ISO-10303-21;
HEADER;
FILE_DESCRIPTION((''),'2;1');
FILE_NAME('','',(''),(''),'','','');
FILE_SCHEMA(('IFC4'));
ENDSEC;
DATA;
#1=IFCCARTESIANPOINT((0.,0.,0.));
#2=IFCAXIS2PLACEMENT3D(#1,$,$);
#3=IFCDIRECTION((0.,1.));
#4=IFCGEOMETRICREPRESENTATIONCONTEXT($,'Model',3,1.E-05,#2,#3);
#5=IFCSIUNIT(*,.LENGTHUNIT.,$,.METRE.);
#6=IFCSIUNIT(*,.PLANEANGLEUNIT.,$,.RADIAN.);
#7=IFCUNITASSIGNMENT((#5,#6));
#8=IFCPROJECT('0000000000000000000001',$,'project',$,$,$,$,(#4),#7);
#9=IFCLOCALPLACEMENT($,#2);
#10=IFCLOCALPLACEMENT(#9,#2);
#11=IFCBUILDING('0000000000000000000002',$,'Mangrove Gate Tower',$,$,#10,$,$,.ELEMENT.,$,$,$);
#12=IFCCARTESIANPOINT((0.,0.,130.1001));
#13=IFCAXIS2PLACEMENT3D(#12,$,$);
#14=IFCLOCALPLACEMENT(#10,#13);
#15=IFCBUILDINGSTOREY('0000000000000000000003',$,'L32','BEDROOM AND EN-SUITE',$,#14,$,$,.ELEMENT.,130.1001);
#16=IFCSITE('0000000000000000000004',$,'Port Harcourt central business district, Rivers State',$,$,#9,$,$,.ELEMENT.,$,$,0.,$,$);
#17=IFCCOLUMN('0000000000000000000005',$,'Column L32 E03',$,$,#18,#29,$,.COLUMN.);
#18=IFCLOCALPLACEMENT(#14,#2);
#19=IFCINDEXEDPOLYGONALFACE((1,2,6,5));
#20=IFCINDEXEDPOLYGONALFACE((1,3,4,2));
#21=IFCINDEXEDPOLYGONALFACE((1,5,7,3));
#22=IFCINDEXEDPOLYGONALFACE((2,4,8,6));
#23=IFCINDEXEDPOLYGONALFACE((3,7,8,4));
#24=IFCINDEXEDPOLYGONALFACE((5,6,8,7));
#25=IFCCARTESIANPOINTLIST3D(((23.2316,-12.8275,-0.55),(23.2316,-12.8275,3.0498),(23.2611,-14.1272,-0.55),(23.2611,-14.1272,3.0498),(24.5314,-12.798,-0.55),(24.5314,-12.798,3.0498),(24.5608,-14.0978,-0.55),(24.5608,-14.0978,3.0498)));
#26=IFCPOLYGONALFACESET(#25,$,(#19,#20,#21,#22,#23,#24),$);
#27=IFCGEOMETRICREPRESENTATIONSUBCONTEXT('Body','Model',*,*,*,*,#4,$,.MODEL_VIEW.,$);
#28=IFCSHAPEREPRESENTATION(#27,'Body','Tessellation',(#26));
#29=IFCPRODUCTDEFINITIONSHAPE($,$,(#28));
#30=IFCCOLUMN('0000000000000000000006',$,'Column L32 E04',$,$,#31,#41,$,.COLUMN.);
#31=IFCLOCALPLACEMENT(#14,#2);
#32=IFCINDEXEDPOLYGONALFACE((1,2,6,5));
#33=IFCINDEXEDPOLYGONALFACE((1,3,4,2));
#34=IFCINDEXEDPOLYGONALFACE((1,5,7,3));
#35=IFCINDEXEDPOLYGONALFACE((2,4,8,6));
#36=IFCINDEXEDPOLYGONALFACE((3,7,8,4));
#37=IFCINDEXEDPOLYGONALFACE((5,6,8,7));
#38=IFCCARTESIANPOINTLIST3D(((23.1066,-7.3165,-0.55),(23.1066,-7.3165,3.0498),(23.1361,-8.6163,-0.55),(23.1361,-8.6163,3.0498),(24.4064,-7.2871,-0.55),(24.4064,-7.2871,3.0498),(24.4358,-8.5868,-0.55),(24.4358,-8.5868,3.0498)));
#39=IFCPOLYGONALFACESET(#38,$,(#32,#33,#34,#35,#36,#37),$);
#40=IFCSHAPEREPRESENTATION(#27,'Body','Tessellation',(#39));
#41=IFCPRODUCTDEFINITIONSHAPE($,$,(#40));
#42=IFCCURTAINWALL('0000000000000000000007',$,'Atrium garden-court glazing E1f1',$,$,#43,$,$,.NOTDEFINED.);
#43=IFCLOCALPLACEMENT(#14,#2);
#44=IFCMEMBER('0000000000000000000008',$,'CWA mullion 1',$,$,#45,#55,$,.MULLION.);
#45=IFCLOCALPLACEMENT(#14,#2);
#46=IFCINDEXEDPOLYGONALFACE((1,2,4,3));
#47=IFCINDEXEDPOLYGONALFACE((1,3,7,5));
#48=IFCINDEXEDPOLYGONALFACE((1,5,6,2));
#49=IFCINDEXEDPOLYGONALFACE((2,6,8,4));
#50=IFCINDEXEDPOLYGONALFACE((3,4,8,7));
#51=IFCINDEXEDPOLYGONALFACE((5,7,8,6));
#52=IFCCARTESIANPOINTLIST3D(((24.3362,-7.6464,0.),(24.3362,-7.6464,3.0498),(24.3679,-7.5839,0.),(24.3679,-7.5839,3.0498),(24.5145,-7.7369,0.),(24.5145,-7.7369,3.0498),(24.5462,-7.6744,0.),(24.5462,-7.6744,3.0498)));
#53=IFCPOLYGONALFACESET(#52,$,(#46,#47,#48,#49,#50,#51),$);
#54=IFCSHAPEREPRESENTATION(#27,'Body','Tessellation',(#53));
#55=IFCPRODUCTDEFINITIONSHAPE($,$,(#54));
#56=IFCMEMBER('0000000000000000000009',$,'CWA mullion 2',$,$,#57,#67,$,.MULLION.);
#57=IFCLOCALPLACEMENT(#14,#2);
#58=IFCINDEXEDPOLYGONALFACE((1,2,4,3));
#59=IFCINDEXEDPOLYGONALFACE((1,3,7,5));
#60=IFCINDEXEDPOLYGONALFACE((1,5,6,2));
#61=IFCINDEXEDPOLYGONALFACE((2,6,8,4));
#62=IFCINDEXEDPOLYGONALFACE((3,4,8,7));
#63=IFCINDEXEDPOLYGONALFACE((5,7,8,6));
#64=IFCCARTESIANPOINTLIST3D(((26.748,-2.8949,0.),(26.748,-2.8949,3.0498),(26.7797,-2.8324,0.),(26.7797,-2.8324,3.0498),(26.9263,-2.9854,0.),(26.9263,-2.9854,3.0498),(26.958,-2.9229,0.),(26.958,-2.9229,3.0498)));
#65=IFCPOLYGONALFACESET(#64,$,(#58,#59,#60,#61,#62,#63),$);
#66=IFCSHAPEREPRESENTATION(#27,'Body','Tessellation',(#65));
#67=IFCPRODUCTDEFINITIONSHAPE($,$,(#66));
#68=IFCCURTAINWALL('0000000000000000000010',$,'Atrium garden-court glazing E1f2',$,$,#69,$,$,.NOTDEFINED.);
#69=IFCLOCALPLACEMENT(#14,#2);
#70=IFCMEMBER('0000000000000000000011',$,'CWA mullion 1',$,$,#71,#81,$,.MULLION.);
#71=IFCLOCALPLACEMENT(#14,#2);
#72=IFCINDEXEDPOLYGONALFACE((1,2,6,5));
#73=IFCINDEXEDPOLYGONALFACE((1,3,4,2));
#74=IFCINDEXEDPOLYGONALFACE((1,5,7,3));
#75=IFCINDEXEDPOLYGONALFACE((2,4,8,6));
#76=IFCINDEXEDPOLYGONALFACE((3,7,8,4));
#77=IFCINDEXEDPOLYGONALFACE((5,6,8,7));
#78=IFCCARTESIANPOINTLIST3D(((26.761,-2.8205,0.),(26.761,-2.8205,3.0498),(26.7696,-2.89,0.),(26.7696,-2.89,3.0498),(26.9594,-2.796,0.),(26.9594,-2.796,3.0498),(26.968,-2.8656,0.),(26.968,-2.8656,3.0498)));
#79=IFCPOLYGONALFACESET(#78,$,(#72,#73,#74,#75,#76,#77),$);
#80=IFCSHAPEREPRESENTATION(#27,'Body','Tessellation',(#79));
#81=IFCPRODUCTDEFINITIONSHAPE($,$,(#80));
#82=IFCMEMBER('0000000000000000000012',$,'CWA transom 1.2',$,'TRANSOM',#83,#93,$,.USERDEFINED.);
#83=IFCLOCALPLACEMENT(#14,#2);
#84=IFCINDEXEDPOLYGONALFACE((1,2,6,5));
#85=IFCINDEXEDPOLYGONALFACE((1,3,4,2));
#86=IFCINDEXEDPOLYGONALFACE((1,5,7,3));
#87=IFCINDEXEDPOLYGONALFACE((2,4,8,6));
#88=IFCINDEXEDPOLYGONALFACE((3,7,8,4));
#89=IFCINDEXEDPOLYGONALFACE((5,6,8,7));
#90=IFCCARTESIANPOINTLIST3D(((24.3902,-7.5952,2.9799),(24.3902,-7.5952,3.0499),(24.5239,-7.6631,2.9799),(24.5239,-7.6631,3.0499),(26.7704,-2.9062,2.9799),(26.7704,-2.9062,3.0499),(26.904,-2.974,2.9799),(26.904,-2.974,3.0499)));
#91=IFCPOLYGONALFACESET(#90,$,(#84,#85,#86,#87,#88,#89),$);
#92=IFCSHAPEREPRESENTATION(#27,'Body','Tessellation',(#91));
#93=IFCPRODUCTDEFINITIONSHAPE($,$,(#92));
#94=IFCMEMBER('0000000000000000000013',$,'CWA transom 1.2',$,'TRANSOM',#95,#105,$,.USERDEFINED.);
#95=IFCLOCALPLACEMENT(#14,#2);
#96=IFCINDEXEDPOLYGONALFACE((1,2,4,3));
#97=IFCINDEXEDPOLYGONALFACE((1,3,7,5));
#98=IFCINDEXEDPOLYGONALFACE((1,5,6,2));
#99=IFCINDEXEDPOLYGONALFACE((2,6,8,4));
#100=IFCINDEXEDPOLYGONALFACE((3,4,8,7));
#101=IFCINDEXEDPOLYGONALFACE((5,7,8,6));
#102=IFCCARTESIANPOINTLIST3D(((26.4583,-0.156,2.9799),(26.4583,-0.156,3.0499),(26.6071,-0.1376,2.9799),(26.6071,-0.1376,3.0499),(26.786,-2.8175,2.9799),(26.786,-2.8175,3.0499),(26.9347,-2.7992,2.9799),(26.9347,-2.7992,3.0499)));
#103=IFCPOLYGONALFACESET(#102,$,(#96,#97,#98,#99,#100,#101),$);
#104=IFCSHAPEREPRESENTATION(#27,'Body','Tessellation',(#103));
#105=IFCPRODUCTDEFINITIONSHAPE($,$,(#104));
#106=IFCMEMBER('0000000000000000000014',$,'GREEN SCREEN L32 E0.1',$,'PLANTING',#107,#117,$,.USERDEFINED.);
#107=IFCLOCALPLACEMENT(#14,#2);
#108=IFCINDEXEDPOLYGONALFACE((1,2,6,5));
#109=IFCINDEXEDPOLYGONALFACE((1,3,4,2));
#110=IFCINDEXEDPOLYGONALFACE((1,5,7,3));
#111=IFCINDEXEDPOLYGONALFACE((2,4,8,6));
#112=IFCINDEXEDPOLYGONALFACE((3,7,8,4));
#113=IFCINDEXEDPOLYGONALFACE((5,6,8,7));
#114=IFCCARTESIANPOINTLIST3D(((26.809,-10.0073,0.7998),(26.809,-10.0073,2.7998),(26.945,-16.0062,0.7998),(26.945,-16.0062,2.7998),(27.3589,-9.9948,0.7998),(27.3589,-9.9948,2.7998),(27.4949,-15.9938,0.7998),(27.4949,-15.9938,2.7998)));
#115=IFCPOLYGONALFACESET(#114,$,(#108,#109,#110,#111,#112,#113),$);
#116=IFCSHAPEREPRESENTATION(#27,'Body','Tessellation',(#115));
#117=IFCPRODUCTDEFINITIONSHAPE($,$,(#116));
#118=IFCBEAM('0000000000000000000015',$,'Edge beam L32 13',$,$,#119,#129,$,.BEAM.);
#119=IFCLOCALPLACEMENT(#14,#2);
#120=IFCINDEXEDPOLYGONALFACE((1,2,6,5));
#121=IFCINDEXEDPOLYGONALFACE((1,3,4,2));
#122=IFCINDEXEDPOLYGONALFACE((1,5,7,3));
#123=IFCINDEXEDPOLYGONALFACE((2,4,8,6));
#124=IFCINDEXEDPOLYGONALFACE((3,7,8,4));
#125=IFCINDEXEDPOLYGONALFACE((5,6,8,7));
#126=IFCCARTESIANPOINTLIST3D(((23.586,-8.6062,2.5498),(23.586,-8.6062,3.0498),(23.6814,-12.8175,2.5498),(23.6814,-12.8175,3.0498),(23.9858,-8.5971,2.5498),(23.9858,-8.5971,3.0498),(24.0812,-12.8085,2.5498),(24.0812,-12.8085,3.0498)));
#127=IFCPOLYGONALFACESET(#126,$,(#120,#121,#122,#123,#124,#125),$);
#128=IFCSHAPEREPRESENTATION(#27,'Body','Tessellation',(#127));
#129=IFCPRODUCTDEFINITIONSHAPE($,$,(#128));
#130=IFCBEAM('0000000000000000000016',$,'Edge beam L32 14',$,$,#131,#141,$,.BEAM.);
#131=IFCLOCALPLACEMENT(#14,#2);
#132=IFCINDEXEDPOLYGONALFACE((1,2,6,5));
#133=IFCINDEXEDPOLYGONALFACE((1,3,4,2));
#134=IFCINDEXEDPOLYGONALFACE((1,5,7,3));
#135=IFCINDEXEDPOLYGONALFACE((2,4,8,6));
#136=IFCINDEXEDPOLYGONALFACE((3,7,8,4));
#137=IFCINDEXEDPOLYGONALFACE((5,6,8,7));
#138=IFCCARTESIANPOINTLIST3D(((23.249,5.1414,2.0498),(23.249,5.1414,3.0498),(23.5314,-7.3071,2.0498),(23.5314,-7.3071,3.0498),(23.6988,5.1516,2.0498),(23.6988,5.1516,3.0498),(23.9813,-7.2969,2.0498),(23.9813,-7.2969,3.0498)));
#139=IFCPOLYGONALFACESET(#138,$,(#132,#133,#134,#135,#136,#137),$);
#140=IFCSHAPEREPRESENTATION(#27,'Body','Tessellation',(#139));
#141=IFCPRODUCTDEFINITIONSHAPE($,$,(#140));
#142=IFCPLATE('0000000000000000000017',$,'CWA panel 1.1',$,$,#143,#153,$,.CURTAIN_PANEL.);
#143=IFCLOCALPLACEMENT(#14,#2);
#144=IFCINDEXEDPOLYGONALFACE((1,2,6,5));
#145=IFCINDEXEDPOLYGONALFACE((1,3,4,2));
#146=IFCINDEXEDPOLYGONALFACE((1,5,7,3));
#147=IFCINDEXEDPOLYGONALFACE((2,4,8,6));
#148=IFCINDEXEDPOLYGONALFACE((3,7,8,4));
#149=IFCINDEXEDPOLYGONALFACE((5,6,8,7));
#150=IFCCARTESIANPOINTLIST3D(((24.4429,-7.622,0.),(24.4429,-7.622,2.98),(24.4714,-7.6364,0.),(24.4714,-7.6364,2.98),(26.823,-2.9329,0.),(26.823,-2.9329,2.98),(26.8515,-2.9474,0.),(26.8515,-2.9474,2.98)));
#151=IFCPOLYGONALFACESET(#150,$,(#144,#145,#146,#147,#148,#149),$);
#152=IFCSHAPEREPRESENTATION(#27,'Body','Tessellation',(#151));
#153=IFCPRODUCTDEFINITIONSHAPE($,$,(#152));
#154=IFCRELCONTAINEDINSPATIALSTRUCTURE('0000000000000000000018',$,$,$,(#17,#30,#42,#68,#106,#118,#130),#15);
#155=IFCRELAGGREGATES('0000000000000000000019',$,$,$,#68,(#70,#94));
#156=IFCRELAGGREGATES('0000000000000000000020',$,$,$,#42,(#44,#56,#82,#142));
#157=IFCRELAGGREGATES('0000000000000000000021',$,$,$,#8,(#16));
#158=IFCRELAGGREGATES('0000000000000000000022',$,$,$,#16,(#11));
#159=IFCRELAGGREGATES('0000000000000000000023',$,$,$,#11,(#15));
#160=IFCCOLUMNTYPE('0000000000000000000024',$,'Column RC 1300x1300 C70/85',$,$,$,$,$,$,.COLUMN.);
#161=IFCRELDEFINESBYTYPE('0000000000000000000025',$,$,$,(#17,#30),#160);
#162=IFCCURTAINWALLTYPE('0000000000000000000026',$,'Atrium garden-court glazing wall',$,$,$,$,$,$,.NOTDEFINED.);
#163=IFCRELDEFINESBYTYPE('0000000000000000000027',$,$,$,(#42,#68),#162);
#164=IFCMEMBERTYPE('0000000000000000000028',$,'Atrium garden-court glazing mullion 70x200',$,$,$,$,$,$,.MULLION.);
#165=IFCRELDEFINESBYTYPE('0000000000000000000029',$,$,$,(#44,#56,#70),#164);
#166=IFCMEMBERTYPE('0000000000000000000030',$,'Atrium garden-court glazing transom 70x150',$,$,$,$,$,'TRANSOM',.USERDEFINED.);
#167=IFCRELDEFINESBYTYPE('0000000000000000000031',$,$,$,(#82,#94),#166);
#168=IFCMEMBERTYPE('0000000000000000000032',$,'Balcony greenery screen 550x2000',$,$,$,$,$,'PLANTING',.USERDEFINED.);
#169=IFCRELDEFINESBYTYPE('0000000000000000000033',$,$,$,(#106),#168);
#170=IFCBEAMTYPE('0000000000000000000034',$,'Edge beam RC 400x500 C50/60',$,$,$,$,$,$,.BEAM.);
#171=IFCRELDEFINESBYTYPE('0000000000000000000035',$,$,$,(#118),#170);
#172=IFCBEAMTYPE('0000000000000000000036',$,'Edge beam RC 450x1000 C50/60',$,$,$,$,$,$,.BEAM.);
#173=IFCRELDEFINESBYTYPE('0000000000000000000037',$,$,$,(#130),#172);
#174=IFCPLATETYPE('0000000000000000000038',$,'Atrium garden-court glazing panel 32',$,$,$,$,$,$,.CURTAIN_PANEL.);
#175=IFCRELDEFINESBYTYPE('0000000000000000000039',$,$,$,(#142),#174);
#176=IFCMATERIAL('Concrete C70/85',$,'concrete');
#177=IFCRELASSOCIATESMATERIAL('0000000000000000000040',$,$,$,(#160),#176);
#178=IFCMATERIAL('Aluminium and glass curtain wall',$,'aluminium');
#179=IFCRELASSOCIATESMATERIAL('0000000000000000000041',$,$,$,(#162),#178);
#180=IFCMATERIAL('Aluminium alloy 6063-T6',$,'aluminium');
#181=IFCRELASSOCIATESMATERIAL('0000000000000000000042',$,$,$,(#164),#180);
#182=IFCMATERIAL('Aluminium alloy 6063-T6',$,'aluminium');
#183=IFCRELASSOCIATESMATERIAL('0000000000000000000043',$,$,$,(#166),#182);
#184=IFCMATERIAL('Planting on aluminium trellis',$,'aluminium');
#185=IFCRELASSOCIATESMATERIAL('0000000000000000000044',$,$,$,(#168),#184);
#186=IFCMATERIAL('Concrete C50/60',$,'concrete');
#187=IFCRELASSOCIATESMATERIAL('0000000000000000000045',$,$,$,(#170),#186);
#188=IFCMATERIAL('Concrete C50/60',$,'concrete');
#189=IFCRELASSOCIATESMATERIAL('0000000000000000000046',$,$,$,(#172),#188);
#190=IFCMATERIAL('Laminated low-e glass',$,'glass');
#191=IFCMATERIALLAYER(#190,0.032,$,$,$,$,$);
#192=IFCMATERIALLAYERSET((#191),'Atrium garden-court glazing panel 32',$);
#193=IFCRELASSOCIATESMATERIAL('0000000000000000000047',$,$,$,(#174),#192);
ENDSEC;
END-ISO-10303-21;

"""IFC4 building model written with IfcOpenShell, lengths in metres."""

from ifc_helpers import new_model, si_unit, direction, frame, origin, origin_2d, place, context, subcontext, project, spatial, rectangle, extrude, material, layer, layer_set, material_profile, profile_set, type_object, element, aggregate, save


model = new_model("IFC4")

# Units and contexts
model_context = context("Model", 3, precision=1e-05, world=origin(), true_north=direction((0.0, 1.0)))
body_context = subcontext(model_context, "Body", "Model", "MODEL_VIEW")
ifc_project = project(units=[si_unit("LENGTHUNIT", "METRE"), si_unit("PLANEANGLEUNIT", "RADIAN")], contexts=[model_context])

# Site, building, storey
site_placement = place(None, origin())
site = spatial("IfcSite", under=ifc_project, at=site_placement, Name="Port Harcourt central business district, Rivers State", CompositionType="ELEMENT", RefElevation=0.0)
building_placement = place(site_placement, origin())
building = spatial("IfcBuilding", under=site, at=building_placement, Name="Mangrove Gate Tower", CompositionType="ELEMENT")
storey_placement = place(building_placement, frame((0.0, 0.0, 130.1001)))
storey = spatial("IfcBuildingStorey", under=building, at=storey_placement, Name="L32", Description="BEDROOM AND EN-SUITE", CompositionType="ELEMENT", Elevation=130.1001)

# Columns
ifc_material_1 = material(Name="Concrete C70/85", Category="concrete")
ifc_material_profile_1 = material_profile(ifc_material_1, rectangle(XDim=1.3, YDim=1.3, at=origin_2d()))
ifc_profile_set_1 = profile_set([ifc_material_profile_1], Name="Concrete C70/85")
column_type = type_object("IfcColumnType", Name="Column RC 1300x1300 C70/85", PredefinedType="COLUMN", material=ifc_profile_set_1)
for number, where, z_axis, x_axis, name in (
    (1, (23.8962, -13.4626, -0.55), (0.0, 0.0, 1.0), (-0.022678, 0.999743, 0.0), "Column L32 E03"),
    (2, (23.7712, -7.9517, -0.55), (0.0, 0.0, 1.0), (-0.022685, 0.999743, 0.0), "Column L32 E04"),
):
    element("IfcColumn", number, at=place(storey_placement, frame(where, z_axis=z_axis, x_axis=x_axis)), inside=storey, type_object=column_type, Name=name, PredefinedType="COLUMN", context=body_context, shape_type="SweptSolid", body=[
        extrude(rectangle(XDim=1.3, YDim=1.3, at=origin_2d()), origin(), (0.0, 0.0, 1.0), 3.5999),
    ])

# Curtain wall, members
ifc_material_2 = material(Name="Aluminium and glass curtain wall", Category="aluminium")
curtain_wall_type = type_object("IfcCurtainWallType", Name="Atrium garden-court glazing wall", PredefinedType="NOTDEFINED", material=ifc_material_2)
curtain_wall_1_placement = place(storey_placement, origin())
curtain_wall_1 = element("IfcCurtainWall", 3, at=curtain_wall_1_placement, inside=storey, type_object=curtain_wall_type, Name="Atrium garden-court glazing E1f1", PredefinedType="NOTDEFINED")
ifc_material_3 = material(Name="Aluminium alloy 6063-T6", Category="aluminium")
ifc_material_profile_2 = material_profile(ifc_material_3, rectangle(XDim=0.0701, YDim=0.2, at=origin_2d()))
ifc_profile_set_2 = profile_set([ifc_material_profile_2], Name="Aluminium alloy 6063-T6")
member_type_1 = type_object("IfcMemberType", Name="Atrium garden-court glazing mullion 70x200", PredefinedType="MULLION", material=ifc_profile_set_2)
member_1_placement = place(storey_placement, frame((24.4412, -7.6604, 0.0), z_axis=(0.0, 0.0, 1.0), x_axis=(0.452615, 0.891706, 0.0)))
member_1 = element("IfcMember", 4, at=member_1_placement, type_object=member_type_1, Name="CWA mullion 1", PredefinedType="MULLION", context=body_context, shape_type="SweptSolid", body=[
    extrude(rectangle(XDim=0.0701, YDim=0.2, at=origin_2d()), origin(), (0.0, 0.0, 1.0), 3.0498),
])
member_2_placement = place(storey_placement, frame((26.853, -2.9089, 0.0), z_axis=(0.0, 0.0, 1.0), x_axis=(0.452615, 0.891706, 0.0)))
member_2 = element("IfcMember", 5, at=member_2_placement, type_object=member_type_1, Name="CWA mullion 2", PredefinedType="MULLION", context=body_context, shape_type="SweptSolid", body=[
    extrude(rectangle(XDim=0.0701, YDim=0.2, at=origin_2d()), origin(), (0.0, 0.0, 1.0), 3.0498),
])

# Curtain wall, member
curtain_wall_2_placement = place(storey_placement, origin())
curtain_wall_2 = element("IfcCurtainWall", 6, at=curtain_wall_2_placement, inside=storey, type_object=curtain_wall_type, Name="Atrium garden-court glazing E1f2", PredefinedType="NOTDEFINED")
member_3_placement = place(storey_placement, frame((26.8645, -2.843, 0.0), z_axis=(0.0, 0.0, 1.0), x_axis=(-0.122172, 0.992509, 0.0)))
member_3 = element("IfcMember", 7, at=member_3_placement, type_object=member_type_1, Name="CWA mullion 1", PredefinedType="MULLION", context=body_context, shape_type="SweptSolid", body=[
    extrude(rectangle(XDim=0.0701, YDim=0.2, at=origin_2d()), origin(), (0.0, 0.0, 1.0), 3.0498),
])

# Members
ifc_material_4 = material(Name="Aluminium alloy 6063-T6", Category="aluminium")
ifc_material_profile_3 = material_profile(ifc_material_4, rectangle(XDim=0.0701, YDim=0.1499, at=origin_2d()))
ifc_profile_set_3 = profile_set([ifc_material_profile_3], Name="Aluminium alloy 6063-T6")
member_type_2 = type_object("IfcMemberType", Name="Atrium garden-court glazing transom 70x150", ElementType="TRANSOM", PredefinedType="USERDEFINED", material=ifc_profile_set_3)
member_4_placement = place(storey_placement, frame((24.457, -7.6292, 3.0149), z_axis=(0.452628, 0.891699, 0.0), x_axis=(0.0, 0.0, 1.0)))
member_4 = element("IfcMember", 8, at=member_4_placement, type_object=member_type_2, Name="CWA transom 1.2", ObjectType="TRANSOM", PredefinedType="USERDEFINED", context=body_context, shape_type="SweptSolid", body=[
    extrude(rectangle(XDim=0.0701, YDim=0.1499, at=origin_2d()), origin(), (0.0, 0.0, 1.0), 5.2585),
])
member_5_placement = place(storey_placement, frame((26.8604, -2.8083, 3.0149), z_axis=(-0.122175, 0.992509, 0.0), x_axis=(0.0, 0.0, 1.0)))
member_5 = element("IfcMember", 9, at=member_5_placement, type_object=member_type_2, Name="CWA transom 1.2", ObjectType="TRANSOM", PredefinedType="USERDEFINED", context=body_context, shape_type="SweptSolid", body=[
    extrude(rectangle(XDim=0.0701, YDim=0.1499, at=origin_2d()), origin(), (0.0, 0.0, 1.0), 2.6816),
])
aggregate(curtain_wall_2, [member_3, member_5])
ifc_material_5 = material(Name="Planting on aluminium trellis", Category="aluminium")
ifc_material_profile_4 = material_profile(ifc_material_5, rectangle(XDim=0.55, YDim=2.0, at=origin_2d()))
ifc_profile_set_4 = profile_set([ifc_material_profile_4], Name="Planting on aluminium trellis")
member_type_3 = type_object("IfcMemberType", Name="Balcony greenery screen 550x2000", ElementType="PLANTING", PredefinedType="USERDEFINED", material=ifc_profile_set_4)
member_6_placement = place(storey_placement, frame((27.22, -16.0, 1.7998), z_axis=(-0.022662, 0.999743, 0.0), x_axis=(-0.999743, -0.022662, 0.0)))
element("IfcMember", 10, at=member_6_placement, inside=storey, type_object=member_type_3, Name="GREEN SCREEN L32 E0.1", ObjectType="PLANTING", PredefinedType="USERDEFINED", context=body_context, shape_type="SweptSolid", body=[
    extrude(rectangle(XDim=0.55, YDim=2.0, at=origin_2d()), origin(), (0.0, 0.0, 1.0), 6.0005),
])

# Beams
ifc_material_6 = material(Name="Concrete C50/60", Category="concrete")
ifc_material_profile_5 = material_profile(ifc_material_6, rectangle(XDim=0.3999, YDim=0.5, at=origin_2d()))
ifc_profile_set_5 = profile_set([ifc_material_profile_5], Name="Concrete C50/60")
beam_type_1 = type_object("IfcBeamType", Name="Edge beam RC 400x500 C50/60", PredefinedType="BEAM", material=ifc_profile_set_5)
beam_1_placement = place(storey_placement, frame((23.8813, -12.813, 2.7998), z_axis=(-0.022661, 0.999743, 0.0), x_axis=(-0.999743, -0.022661, 0.0)))
element("IfcBeam", 11, at=beam_1_placement, inside=storey, type_object=beam_type_1, Name="Edge beam L32 13", PredefinedType="BEAM", context=body_context, shape_type="SweptSolid", body=[
    extrude(rectangle(XDim=0.3999, YDim=0.5, at=origin_2d()), origin(), (0.0, 0.0, 1.0), 4.2124),
])
ifc_material_7 = material(Name="Concrete C50/60", Category="concrete")
ifc_material_profile_6 = material_profile(ifc_material_7, rectangle(XDim=0.45, YDim=1.0, at=origin_2d()))
ifc_profile_set_6 = profile_set([ifc_material_profile_6], Name="Concrete C50/60")
beam_type_2 = type_object("IfcBeamType", Name="Edge beam RC 450x1000 C50/60", PredefinedType="BEAM", material=ifc_profile_set_6)
beam_2_placement = place(storey_placement, frame((23.7563, -7.302, 2.5498), z_axis=(-0.022685, 0.999743, 0.0), x_axis=(-0.999743, -0.022685, 0.0)))
element("IfcBeam", 12, at=beam_2_placement, inside=storey, type_object=beam_type_2, Name="Edge beam L32 14", PredefinedType="BEAM", context=body_context, shape_type="SweptSolid", body=[
    extrude(rectangle(XDim=0.45, YDim=1.0, at=origin_2d()), origin(), (0.0, 0.0, 1.0), 12.4517),
])

# Plate
ifc_material_8 = material(Name="Laminated low-e glass", Category="glass")
ifc_layer_1 = layer(ifc_material_8, 0.032)
ifc_layer_set_1 = layer_set([ifc_layer_1], Name="Atrium garden-court glazing panel 32")
plate_type = type_object("IfcPlateType", Name="Atrium garden-court glazing panel 32", PredefinedType="CURTAIN_PANEL", material=ifc_layer_set_1)
plate_placement = place(storey_placement, frame((25.6472, -5.2847, 0.0), z_axis=(0.0, 0.0, 1.0), x_axis=(0.452615, 0.891706, 0.0)))
plate = element("IfcPlate", 13, at=plate_placement, type_object=plate_type, Name="CWA panel 1.1", PredefinedType="CURTAIN_PANEL", context=body_context, shape_type="SweptSolid", body=[
    extrude(rectangle(XDim=5.2585, YDim=0.032, at=origin_2d()), origin(), (0.0, 0.0, 1.0), 2.98),
])
aggregate(curtain_wall_1, [member_1, member_2, member_4, plate])

save(model, "model.ifc")
